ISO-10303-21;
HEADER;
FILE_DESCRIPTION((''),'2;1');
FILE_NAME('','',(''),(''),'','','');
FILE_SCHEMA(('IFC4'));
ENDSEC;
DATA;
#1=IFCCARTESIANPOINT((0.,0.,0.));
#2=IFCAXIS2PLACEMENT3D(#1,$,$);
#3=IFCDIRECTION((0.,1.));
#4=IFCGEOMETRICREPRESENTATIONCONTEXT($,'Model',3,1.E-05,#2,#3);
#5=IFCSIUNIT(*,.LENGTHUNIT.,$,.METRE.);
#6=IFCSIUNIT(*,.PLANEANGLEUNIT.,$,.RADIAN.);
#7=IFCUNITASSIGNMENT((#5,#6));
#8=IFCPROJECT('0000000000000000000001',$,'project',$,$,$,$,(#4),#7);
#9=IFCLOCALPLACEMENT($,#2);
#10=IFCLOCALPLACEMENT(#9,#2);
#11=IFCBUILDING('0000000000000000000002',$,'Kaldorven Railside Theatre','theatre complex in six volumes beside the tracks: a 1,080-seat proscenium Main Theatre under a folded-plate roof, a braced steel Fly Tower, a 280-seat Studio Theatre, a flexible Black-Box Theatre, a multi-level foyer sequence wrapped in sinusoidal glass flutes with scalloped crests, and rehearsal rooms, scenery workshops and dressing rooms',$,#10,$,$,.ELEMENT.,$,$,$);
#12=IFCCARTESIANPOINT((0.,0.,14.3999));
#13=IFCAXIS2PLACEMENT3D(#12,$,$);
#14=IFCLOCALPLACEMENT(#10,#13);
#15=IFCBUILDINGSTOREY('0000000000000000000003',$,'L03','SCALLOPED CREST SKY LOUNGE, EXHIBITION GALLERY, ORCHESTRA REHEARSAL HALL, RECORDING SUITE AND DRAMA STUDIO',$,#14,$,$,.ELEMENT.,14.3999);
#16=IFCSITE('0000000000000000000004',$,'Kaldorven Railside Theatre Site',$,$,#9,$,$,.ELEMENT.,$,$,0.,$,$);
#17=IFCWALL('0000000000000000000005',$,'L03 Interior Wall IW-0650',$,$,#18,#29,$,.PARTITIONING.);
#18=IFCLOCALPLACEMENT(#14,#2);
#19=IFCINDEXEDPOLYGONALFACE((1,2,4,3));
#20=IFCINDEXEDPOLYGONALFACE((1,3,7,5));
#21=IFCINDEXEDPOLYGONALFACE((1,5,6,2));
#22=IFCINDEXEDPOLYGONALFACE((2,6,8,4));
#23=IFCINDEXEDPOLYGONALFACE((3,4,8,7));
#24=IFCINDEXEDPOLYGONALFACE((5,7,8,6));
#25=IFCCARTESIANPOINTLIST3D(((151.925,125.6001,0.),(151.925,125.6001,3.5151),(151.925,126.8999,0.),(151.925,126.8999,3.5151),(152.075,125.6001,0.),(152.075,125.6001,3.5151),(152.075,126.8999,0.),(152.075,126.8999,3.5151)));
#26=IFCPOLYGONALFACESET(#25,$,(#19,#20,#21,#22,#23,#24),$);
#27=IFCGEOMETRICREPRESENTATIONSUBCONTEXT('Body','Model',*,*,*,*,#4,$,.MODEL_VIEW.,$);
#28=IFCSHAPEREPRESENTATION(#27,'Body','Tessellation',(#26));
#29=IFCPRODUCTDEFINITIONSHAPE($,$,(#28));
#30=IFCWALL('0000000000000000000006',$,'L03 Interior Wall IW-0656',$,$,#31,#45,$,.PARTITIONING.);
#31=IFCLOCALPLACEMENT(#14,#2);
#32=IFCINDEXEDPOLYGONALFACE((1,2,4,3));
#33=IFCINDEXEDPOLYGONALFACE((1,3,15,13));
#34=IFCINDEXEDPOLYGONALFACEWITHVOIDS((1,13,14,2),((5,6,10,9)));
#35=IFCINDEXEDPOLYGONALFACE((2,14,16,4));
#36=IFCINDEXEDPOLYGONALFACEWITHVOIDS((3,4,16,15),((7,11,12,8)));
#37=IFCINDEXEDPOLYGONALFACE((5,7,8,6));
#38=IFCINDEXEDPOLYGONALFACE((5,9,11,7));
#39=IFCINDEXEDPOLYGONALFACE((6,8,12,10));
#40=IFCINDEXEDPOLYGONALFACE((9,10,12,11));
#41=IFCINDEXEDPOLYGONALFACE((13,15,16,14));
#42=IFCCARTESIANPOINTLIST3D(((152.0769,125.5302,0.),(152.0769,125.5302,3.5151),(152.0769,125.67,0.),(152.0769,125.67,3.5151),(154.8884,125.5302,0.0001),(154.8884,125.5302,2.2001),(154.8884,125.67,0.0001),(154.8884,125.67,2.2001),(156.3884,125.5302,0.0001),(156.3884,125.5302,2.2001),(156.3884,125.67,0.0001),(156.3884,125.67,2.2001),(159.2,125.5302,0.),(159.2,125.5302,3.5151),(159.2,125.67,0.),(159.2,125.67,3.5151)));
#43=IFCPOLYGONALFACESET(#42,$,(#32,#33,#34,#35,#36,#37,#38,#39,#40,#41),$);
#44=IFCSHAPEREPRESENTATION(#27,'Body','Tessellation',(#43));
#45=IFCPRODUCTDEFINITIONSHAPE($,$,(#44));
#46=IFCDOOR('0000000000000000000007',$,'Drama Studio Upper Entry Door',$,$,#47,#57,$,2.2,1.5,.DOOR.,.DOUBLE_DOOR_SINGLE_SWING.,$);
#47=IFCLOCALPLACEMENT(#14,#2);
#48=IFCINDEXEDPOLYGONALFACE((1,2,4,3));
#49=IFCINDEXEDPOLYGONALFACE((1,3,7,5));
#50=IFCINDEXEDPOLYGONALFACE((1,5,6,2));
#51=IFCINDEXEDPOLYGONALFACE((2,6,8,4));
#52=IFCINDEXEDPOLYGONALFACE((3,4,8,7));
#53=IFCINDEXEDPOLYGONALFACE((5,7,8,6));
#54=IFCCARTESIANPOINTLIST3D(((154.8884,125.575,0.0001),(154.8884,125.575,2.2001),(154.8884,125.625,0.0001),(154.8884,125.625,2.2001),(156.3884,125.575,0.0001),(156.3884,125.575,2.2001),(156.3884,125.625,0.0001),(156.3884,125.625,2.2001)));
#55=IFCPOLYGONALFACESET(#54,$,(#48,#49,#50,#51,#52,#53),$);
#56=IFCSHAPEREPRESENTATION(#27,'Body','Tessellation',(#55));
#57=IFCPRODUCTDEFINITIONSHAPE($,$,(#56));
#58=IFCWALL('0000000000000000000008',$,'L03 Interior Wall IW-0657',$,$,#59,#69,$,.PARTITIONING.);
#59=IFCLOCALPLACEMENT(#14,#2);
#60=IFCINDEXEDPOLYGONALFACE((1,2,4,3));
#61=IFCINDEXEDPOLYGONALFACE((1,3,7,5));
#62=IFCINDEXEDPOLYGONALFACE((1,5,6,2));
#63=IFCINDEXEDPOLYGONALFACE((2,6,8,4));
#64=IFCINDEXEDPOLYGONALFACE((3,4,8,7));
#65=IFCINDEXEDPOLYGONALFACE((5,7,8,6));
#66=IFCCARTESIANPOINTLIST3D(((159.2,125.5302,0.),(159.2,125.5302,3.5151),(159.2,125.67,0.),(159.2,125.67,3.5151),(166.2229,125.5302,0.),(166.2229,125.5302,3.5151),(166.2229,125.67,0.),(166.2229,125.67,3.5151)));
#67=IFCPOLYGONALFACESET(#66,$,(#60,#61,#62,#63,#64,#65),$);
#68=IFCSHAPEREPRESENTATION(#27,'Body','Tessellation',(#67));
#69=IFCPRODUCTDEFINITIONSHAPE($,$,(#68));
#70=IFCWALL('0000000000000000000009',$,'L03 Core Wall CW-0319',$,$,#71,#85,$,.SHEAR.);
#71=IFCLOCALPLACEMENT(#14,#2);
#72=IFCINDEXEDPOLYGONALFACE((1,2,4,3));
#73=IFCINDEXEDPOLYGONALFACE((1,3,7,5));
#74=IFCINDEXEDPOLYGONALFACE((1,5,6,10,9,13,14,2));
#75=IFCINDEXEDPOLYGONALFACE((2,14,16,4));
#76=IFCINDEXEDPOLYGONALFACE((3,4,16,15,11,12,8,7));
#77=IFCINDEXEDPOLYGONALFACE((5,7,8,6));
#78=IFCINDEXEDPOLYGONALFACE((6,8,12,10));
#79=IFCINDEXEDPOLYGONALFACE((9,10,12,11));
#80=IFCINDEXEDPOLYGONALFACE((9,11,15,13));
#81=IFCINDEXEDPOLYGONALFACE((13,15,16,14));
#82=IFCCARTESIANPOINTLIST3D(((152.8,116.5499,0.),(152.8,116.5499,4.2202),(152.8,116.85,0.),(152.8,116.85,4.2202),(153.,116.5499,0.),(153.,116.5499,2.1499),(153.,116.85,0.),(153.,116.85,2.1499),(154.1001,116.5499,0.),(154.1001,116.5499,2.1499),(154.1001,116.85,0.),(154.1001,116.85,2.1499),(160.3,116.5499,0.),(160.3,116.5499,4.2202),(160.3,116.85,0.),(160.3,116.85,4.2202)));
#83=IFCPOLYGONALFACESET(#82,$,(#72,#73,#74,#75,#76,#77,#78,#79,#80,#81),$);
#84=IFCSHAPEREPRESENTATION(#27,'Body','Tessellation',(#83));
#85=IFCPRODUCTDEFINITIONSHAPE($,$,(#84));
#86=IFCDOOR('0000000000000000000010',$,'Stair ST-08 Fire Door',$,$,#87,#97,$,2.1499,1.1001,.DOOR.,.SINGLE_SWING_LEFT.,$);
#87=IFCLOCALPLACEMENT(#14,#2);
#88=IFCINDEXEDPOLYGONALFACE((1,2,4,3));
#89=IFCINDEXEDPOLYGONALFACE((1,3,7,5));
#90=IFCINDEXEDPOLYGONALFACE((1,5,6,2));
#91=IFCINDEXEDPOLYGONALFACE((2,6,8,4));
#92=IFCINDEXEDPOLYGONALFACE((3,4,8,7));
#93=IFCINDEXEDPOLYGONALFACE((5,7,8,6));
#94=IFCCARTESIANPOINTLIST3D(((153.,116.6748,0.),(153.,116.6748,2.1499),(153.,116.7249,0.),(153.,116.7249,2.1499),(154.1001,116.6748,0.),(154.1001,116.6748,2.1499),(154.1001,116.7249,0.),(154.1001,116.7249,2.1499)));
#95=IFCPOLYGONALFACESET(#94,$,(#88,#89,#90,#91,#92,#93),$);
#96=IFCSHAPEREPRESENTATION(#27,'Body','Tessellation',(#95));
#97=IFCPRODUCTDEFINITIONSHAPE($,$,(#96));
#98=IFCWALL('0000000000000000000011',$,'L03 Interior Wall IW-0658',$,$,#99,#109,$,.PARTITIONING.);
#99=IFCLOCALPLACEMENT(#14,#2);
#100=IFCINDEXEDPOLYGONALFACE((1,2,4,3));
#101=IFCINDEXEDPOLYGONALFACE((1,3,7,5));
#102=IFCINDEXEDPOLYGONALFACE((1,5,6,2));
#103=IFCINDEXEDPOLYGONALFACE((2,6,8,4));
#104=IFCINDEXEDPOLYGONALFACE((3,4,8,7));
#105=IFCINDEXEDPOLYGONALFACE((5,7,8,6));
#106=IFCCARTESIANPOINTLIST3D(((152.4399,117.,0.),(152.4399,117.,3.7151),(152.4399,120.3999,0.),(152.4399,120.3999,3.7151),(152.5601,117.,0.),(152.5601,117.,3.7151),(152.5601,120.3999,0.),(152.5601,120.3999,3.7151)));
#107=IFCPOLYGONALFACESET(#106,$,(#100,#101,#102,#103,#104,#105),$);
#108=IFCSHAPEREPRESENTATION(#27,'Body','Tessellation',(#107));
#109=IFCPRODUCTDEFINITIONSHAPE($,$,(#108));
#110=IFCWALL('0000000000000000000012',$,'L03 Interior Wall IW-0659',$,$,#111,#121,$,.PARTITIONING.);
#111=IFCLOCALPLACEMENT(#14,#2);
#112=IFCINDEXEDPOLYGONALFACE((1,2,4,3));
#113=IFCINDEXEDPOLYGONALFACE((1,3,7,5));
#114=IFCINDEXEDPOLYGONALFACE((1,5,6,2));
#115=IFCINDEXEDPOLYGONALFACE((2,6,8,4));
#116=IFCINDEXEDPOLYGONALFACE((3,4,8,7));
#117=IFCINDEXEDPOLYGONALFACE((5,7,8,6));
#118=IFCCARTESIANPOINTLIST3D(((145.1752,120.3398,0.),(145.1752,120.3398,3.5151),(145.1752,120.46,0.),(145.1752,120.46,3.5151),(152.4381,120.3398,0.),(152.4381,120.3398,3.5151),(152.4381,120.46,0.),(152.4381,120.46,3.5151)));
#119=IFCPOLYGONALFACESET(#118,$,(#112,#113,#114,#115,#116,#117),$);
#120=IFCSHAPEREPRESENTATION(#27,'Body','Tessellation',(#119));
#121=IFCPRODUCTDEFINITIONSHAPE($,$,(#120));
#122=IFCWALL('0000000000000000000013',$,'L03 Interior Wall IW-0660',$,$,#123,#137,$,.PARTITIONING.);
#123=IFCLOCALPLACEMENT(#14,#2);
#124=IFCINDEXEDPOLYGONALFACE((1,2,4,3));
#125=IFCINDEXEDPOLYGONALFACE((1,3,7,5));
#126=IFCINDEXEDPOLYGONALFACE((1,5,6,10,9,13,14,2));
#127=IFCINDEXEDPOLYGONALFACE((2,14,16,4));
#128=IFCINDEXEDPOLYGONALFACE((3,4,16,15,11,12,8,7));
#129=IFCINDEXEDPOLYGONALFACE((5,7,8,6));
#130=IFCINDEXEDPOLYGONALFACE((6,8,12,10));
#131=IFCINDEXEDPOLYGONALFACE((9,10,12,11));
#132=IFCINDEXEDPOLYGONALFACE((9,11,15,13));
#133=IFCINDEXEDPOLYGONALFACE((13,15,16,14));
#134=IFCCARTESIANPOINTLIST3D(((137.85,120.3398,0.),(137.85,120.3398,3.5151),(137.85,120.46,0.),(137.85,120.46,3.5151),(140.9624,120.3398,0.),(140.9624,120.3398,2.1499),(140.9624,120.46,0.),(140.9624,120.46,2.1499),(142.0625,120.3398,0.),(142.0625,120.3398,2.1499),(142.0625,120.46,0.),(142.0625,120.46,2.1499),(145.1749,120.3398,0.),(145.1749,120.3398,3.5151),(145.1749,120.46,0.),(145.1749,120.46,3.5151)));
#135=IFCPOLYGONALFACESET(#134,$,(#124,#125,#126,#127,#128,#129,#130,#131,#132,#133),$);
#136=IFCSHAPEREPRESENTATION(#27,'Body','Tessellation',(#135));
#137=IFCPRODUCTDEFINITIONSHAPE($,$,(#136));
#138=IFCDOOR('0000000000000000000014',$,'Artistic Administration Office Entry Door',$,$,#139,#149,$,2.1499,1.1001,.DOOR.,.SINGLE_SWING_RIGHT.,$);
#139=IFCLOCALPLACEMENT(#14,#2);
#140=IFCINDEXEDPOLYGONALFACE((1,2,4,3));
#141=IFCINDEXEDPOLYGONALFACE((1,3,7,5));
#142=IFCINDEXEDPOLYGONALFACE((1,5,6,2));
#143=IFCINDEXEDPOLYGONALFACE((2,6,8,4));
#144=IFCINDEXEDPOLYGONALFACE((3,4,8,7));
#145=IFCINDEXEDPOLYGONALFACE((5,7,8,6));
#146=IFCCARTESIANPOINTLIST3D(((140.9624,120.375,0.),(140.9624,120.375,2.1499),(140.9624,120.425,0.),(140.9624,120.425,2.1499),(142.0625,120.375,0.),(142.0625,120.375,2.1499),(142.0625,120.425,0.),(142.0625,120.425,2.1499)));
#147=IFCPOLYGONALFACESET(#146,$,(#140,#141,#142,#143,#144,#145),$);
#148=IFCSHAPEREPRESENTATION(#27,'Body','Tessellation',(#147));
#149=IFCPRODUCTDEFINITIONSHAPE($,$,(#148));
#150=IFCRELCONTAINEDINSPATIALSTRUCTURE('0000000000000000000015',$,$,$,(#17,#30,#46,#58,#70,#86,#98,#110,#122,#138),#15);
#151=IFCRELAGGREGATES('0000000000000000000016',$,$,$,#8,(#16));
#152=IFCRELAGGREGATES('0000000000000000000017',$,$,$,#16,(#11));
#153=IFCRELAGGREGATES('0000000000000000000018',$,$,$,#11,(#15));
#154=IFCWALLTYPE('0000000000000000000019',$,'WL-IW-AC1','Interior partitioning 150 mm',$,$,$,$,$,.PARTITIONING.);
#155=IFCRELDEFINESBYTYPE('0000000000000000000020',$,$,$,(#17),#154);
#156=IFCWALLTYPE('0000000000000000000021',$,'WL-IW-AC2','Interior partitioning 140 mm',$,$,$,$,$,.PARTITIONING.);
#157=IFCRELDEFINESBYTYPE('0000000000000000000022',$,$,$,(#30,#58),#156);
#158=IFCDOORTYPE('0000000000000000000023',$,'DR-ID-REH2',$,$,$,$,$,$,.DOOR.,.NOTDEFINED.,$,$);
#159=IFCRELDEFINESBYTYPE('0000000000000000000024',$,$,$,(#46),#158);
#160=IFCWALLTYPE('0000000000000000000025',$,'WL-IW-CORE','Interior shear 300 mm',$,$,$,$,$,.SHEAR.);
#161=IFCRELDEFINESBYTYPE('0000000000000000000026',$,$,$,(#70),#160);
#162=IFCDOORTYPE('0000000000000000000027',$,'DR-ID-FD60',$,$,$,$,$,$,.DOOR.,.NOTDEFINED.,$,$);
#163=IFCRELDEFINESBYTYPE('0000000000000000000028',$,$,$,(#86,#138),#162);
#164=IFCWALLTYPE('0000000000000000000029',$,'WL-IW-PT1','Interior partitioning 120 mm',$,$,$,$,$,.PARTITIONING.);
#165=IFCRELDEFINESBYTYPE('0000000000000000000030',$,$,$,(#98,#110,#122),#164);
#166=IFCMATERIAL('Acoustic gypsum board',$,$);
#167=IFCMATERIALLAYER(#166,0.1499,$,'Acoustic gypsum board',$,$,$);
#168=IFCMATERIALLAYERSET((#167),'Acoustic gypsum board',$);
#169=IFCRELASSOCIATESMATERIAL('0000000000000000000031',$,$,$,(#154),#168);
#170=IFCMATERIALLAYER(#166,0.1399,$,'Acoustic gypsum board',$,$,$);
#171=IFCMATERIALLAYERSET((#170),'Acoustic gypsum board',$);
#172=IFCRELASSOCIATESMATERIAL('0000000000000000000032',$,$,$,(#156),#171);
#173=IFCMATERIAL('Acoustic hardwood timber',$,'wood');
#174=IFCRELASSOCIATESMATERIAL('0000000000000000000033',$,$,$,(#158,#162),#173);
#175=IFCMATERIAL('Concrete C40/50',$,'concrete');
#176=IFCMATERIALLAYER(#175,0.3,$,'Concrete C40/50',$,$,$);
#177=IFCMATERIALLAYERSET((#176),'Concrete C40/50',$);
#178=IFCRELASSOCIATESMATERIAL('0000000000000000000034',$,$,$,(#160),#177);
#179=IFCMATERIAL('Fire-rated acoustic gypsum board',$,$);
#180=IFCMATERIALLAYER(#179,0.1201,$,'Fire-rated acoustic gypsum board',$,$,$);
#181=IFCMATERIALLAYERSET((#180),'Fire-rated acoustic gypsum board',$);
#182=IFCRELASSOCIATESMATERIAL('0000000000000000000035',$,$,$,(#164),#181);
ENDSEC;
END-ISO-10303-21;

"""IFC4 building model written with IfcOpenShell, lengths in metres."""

from ifc_helpers import new_model, si_unit, direction, frame, frame_2d, origin, place, context, subcontext, project, spatial, rectangle, extrude, material, layer, layer_set, type_object, element, fill, save


model = new_model("IFC4")

# Units and contexts
model_context = context("Model", 3, precision=1e-05, world=origin(), true_north=direction((0.0, 1.0)))
body_context = subcontext(model_context, "Body", "Model", "MODEL_VIEW")
ifc_project = project(units=[si_unit("LENGTHUNIT", "METRE"), si_unit("PLANEANGLEUNIT", "RADIAN")], contexts=[model_context])

# Site, building, storey
site_placement = place(None, origin())
site = spatial("IfcSite", under=ifc_project, at=site_placement, Name="Kaldorven Railside Theatre Site", CompositionType="ELEMENT", RefElevation=0.0)
building_placement = place(site_placement, origin())
building = spatial("IfcBuilding", under=site, at=building_placement, Name="Kaldorven Railside Theatre", Description="theatre complex in six volumes beside the tracks: a 1,080-seat proscenium Main Theatre under a folded-plate roof, a braced steel Fly Tower, a 280-seat Studio Theatre, a flexible Black-Box Theatre, a multi-level foyer sequence wrapped in sinusoidal glass flutes with scalloped crests, and rehearsal rooms, scenery workshops and dressing rooms", CompositionType="ELEMENT")
storey_placement = place(building_placement, frame((0.0, 0.0, 14.3999)))
storey = spatial("IfcBuildingStorey", under=building, at=storey_placement, Name="L03", Description="SCALLOPED CREST SKY LOUNGE, EXHIBITION GALLERY, ORCHESTRA REHEARSAL HALL, RECORDING SUITE AND DRAMA STUDIO", CompositionType="ELEMENT", Elevation=14.3999)

# Shared definitions
ifc_material_1 = material(Name="Concrete C40/50", Category="concrete")

# Wall
ifc_material_2 = material(Name="Acoustic gypsum board")
ifc_layer_1 = layer(ifc_material_2, 0.1499, Name="Acoustic gypsum board")
ifc_layer_set_1 = layer_set([ifc_layer_1], Name="Acoustic gypsum board")
wall_type_1 = type_object("IfcWallType", Name="WL-IW-AC1", Description="Interior partitioning 150 mm", PredefinedType="PARTITIONING", material=ifc_layer_set_1)
wall_1_placement = place(storey_placement, frame((152.0, 125.6001, 0.0), z_axis=(0.0, 0.0, 1.0), x_axis=(0.0, 1.0, 0.0)))
element("IfcWall", 1, at=wall_1_placement, inside=storey, type_object=wall_type_1, Name="L03 Interior Wall IW-0650", PredefinedType="PARTITIONING", context=body_context, shape_type="SweptSolid", body=[
    extrude(rectangle(XDim=1.2998, YDim=0.1499, at=frame_2d((0.6499, 0.0))), origin(), (0.0, 0.0, 1.0), 3.5151),
])

# Wall, opening, door
ifc_layer_2 = layer(ifc_material_2, 0.1399, Name="Acoustic gypsum board")
ifc_layer_set_2 = layer_set([ifc_layer_2], Name="Acoustic gypsum board")
wall_type_2 = type_object("IfcWallType", Name="WL-IW-AC2", Description="Interior partitioning 140 mm", PredefinedType="PARTITIONING", material=ifc_layer_set_2)
wall_2_placement = place(storey_placement, frame((152.0769, 125.6001, 0.0), z_axis=(0.0, 0.0, 1.0), x_axis=(1.0, 0.0, 0.0)))
wall_2 = element("IfcWall", 2, at=wall_2_placement, inside=storey, type_object=wall_type_2, Name="L03 Interior Wall IW-0656", PredefinedType="PARTITIONING", context=body_context, shape_type="SweptSolid", body=[
    extrude(rectangle(XDim=7.123, YDim=0.1399, at=frame_2d((3.5615, 0.0))), origin(), (0.0, 0.0, 1.0), 3.5151),
])
opening_1_placement = place(wall_2_placement, frame((2.8115, 0.0, 0.0)))
opening_1 = element("IfcOpeningElement", 3, at=opening_1_placement, cuts=wall_2, PredefinedType="OPENING", context=body_context, shape_type="SweptSolid", body=[
    extrude(rectangle(XDim=1.5, YDim=2.2, at=frame_2d((0.75, 1.1001))), frame((0.0, 0.0801, 0.0), z_axis=(0.0, -1.0, 0.0), x_axis=(1.0, 0.0, 0.0)), (0.0, 0.0, 1.0), 0.1599),
])
ifc_material_3 = material(Name="Acoustic hardwood timber", Category="wood")
door_type_1 = type_object("IfcDoorType", Name="DR-ID-REH2", OperationType="NOTDEFINED", PredefinedType="DOOR", material=ifc_material_3)
door_1_placement = place(opening_1_placement, origin())
door_1 = element("IfcDoor", 4, at=door_1_placement, inside=storey, type_object=door_type_1, Name="Drama Studio Upper Entry Door", OperationType="DOUBLE_DOOR_SINGLE_SWING", OverallHeight=2.2, OverallWidth=1.5, PredefinedType="DOOR", context=body_context, shape_type="SweptSolid", body=[
    extrude(rectangle(XDim=1.5, YDim=2.2, at=frame_2d((0.75, 1.1001))), frame((0.0, 0.0249, 0.0), z_axis=(0.0, -1.0, 0.0), x_axis=(1.0, 0.0, 0.0)), (0.0, 0.0, 1.0), 0.05),
])
fill(opening_1, door_1)

# Wall
wall_3_placement = place(storey_placement, frame((159.2, 125.6001, 0.0), z_axis=(0.0, 0.0, 1.0), x_axis=(1.0, 0.0, 0.0)))
element("IfcWall", 5, at=wall_3_placement, inside=storey, type_object=wall_type_2, Name="L03 Interior Wall IW-0657", PredefinedType="PARTITIONING", context=body_context, shape_type="SweptSolid", body=[
    extrude(rectangle(XDim=7.0229, YDim=0.1399, at=frame_2d((3.5115, 0.0))), origin(), (0.0, 0.0, 1.0), 3.5151),
])

# Wall, opening, door
ifc_layer_3 = layer(ifc_material_1, 0.3, Name="Concrete C40/50")
ifc_layer_set_3 = layer_set([ifc_layer_3], Name="Concrete C40/50")
wall_type_3 = type_object("IfcWallType", Name="WL-IW-CORE", Description="Interior shear 300 mm", PredefinedType="SHEAR", material=ifc_layer_set_3)
wall_4_placement = place(storey_placement, frame((152.8, 116.7, 0.0), z_axis=(0.0, 0.0, 1.0), x_axis=(1.0, 0.0, 0.0)))
wall_4 = element("IfcWall", 6, at=wall_4_placement, inside=storey, type_object=wall_type_3, Name="L03 Core Wall CW-0319", PredefinedType="SHEAR", context=body_context, shape_type="SweptSolid", body=[
    extrude(rectangle(XDim=7.5, YDim=0.3, at=frame_2d((3.75, 0.0))), origin(), (0.0, 0.0, 1.0), 4.2202),
])
opening_2_placement = place(wall_4_placement, frame((0.2, 0.0, 0.0)))
opening_2 = element("IfcOpeningElement", 7, at=opening_2_placement, cuts=wall_4, PredefinedType="OPENING", context=body_context, shape_type="SweptSolid", body=[
    extrude(rectangle(XDim=1.1001, YDim=2.1499, at=frame_2d((0.55, 1.075))), frame((0.0, 0.1602, 0.0), z_axis=(0.0, -1.0, 0.0), x_axis=(1.0, 0.0, 0.0)), (0.0, 0.0, 1.0), 0.3201),
])
door_type_2 = type_object("IfcDoorType", Name="DR-ID-FD60", OperationType="NOTDEFINED", PredefinedType="DOOR", material=ifc_material_3)
door_2_placement = place(opening_2_placement, origin())
door_2 = element("IfcDoor", 8, at=door_2_placement, inside=storey, type_object=door_type_2, Name="Stair ST-08 Fire Door", OperationType="SINGLE_SWING_LEFT", OverallHeight=2.1499, OverallWidth=1.1001, PredefinedType="DOOR", context=body_context, shape_type="SweptSolid", body=[
    extrude(rectangle(XDim=1.1001, YDim=2.1499, at=frame_2d((0.55, 1.075))), frame((0.0, 0.0249, 0.0), z_axis=(0.0, -1.0, 0.0), x_axis=(1.0, 0.0, 0.0)), (0.0, 0.0, 1.0), 0.05),
])
fill(opening_2, door_2)

# Walls
ifc_material_4 = material(Name="Fire-rated acoustic gypsum board")
ifc_layer_4 = layer(ifc_material_4, 0.1201, Name="Fire-rated acoustic gypsum board")
ifc_layer_set_4 = layer_set([ifc_layer_4], Name="Fire-rated acoustic gypsum board")
wall_type_4 = type_object("IfcWallType", Name="WL-IW-PT1", Description="Interior partitioning 120 mm", PredefinedType="PARTITIONING", material=ifc_layer_set_4)
wall_5_placement = place(storey_placement, frame((152.5, 117.0, 0.0), z_axis=(0.0, 0.0, 1.0), x_axis=(0.0, 1.0, 0.0)))
element("IfcWall", 9, at=wall_5_placement, inside=storey, type_object=wall_type_4, Name="L03 Interior Wall IW-0658", PredefinedType="PARTITIONING", context=body_context, shape_type="SweptSolid", body=[
    extrude(rectangle(XDim=3.3999, YDim=0.1201, at=frame_2d((1.7, 0.0))), origin(), (0.0, 0.0, 1.0), 3.7151),
])
wall_6_placement = place(storey_placement, frame((152.438, 120.3999, 0.0), z_axis=(0.0, 0.0, 1.0), x_axis=(-1.0, 0.0, 0.0)))
element("IfcWall", 10, at=wall_6_placement, inside=storey, type_object=wall_type_4, Name="L03 Interior Wall IW-0659", PredefinedType="PARTITIONING", context=body_context, shape_type="SweptSolid", body=[
    extrude(rectangle(XDim=7.2629, YDim=0.1201, at=frame_2d((3.6313, 0.0))), origin(), (0.0, 0.0, 1.0), 3.5151),
])

# Wall, opening, door
wall_7_placement = place(storey_placement, frame((145.175, 120.3999, 0.0), z_axis=(0.0, 0.0, 1.0), x_axis=(-1.0, 0.0, 0.0)))
wall_7 = element("IfcWall", 11, at=wall_7_placement, inside=storey, type_object=wall_type_4, Name="L03 Interior Wall IW-0660", PredefinedType="PARTITIONING", context=body_context, shape_type="SweptSolid", body=[
    extrude(rectangle(XDim=7.325, YDim=0.1201, at=frame_2d((3.6626, 0.0))), origin(), (0.0, 0.0, 1.0), 3.5151),
])
opening_3_placement = place(wall_7_placement, frame((3.1125, 0.0, 0.0)))
opening_3 = element("IfcOpeningElement", 12, at=opening_3_placement, cuts=wall_7, PredefinedType="OPENING", context=body_context, shape_type="SweptSolid", body=[
    extrude(rectangle(XDim=1.1001, YDim=2.1499, at=frame_2d((0.55, 1.075))), frame((0.0, 0.0701, 0.0), z_axis=(0.0, -1.0, 0.0), x_axis=(1.0, 0.0, 0.0)), (0.0, 0.0, 1.0), 0.1401),
])
door_3_placement = place(opening_3_placement, origin())
door_3 = element("IfcDoor", 13, at=door_3_placement, inside=storey, type_object=door_type_2, Name="Artistic Administration Office Entry Door", OperationType="SINGLE_SWING_RIGHT", OverallHeight=2.1499, OverallWidth=1.1001, PredefinedType="DOOR", context=body_context, shape_type="SweptSolid", body=[
    extrude(rectangle(XDim=1.1001, YDim=2.1499, at=frame_2d((0.55, 1.075))), frame((0.0, 0.0249, 0.0), z_axis=(0.0, -1.0, 0.0), x_axis=(1.0, 0.0, 0.0)), (0.0, 0.0, 1.0), 0.05),
])
fill(opening_3, door_3)

save(model, "model.ifc")
